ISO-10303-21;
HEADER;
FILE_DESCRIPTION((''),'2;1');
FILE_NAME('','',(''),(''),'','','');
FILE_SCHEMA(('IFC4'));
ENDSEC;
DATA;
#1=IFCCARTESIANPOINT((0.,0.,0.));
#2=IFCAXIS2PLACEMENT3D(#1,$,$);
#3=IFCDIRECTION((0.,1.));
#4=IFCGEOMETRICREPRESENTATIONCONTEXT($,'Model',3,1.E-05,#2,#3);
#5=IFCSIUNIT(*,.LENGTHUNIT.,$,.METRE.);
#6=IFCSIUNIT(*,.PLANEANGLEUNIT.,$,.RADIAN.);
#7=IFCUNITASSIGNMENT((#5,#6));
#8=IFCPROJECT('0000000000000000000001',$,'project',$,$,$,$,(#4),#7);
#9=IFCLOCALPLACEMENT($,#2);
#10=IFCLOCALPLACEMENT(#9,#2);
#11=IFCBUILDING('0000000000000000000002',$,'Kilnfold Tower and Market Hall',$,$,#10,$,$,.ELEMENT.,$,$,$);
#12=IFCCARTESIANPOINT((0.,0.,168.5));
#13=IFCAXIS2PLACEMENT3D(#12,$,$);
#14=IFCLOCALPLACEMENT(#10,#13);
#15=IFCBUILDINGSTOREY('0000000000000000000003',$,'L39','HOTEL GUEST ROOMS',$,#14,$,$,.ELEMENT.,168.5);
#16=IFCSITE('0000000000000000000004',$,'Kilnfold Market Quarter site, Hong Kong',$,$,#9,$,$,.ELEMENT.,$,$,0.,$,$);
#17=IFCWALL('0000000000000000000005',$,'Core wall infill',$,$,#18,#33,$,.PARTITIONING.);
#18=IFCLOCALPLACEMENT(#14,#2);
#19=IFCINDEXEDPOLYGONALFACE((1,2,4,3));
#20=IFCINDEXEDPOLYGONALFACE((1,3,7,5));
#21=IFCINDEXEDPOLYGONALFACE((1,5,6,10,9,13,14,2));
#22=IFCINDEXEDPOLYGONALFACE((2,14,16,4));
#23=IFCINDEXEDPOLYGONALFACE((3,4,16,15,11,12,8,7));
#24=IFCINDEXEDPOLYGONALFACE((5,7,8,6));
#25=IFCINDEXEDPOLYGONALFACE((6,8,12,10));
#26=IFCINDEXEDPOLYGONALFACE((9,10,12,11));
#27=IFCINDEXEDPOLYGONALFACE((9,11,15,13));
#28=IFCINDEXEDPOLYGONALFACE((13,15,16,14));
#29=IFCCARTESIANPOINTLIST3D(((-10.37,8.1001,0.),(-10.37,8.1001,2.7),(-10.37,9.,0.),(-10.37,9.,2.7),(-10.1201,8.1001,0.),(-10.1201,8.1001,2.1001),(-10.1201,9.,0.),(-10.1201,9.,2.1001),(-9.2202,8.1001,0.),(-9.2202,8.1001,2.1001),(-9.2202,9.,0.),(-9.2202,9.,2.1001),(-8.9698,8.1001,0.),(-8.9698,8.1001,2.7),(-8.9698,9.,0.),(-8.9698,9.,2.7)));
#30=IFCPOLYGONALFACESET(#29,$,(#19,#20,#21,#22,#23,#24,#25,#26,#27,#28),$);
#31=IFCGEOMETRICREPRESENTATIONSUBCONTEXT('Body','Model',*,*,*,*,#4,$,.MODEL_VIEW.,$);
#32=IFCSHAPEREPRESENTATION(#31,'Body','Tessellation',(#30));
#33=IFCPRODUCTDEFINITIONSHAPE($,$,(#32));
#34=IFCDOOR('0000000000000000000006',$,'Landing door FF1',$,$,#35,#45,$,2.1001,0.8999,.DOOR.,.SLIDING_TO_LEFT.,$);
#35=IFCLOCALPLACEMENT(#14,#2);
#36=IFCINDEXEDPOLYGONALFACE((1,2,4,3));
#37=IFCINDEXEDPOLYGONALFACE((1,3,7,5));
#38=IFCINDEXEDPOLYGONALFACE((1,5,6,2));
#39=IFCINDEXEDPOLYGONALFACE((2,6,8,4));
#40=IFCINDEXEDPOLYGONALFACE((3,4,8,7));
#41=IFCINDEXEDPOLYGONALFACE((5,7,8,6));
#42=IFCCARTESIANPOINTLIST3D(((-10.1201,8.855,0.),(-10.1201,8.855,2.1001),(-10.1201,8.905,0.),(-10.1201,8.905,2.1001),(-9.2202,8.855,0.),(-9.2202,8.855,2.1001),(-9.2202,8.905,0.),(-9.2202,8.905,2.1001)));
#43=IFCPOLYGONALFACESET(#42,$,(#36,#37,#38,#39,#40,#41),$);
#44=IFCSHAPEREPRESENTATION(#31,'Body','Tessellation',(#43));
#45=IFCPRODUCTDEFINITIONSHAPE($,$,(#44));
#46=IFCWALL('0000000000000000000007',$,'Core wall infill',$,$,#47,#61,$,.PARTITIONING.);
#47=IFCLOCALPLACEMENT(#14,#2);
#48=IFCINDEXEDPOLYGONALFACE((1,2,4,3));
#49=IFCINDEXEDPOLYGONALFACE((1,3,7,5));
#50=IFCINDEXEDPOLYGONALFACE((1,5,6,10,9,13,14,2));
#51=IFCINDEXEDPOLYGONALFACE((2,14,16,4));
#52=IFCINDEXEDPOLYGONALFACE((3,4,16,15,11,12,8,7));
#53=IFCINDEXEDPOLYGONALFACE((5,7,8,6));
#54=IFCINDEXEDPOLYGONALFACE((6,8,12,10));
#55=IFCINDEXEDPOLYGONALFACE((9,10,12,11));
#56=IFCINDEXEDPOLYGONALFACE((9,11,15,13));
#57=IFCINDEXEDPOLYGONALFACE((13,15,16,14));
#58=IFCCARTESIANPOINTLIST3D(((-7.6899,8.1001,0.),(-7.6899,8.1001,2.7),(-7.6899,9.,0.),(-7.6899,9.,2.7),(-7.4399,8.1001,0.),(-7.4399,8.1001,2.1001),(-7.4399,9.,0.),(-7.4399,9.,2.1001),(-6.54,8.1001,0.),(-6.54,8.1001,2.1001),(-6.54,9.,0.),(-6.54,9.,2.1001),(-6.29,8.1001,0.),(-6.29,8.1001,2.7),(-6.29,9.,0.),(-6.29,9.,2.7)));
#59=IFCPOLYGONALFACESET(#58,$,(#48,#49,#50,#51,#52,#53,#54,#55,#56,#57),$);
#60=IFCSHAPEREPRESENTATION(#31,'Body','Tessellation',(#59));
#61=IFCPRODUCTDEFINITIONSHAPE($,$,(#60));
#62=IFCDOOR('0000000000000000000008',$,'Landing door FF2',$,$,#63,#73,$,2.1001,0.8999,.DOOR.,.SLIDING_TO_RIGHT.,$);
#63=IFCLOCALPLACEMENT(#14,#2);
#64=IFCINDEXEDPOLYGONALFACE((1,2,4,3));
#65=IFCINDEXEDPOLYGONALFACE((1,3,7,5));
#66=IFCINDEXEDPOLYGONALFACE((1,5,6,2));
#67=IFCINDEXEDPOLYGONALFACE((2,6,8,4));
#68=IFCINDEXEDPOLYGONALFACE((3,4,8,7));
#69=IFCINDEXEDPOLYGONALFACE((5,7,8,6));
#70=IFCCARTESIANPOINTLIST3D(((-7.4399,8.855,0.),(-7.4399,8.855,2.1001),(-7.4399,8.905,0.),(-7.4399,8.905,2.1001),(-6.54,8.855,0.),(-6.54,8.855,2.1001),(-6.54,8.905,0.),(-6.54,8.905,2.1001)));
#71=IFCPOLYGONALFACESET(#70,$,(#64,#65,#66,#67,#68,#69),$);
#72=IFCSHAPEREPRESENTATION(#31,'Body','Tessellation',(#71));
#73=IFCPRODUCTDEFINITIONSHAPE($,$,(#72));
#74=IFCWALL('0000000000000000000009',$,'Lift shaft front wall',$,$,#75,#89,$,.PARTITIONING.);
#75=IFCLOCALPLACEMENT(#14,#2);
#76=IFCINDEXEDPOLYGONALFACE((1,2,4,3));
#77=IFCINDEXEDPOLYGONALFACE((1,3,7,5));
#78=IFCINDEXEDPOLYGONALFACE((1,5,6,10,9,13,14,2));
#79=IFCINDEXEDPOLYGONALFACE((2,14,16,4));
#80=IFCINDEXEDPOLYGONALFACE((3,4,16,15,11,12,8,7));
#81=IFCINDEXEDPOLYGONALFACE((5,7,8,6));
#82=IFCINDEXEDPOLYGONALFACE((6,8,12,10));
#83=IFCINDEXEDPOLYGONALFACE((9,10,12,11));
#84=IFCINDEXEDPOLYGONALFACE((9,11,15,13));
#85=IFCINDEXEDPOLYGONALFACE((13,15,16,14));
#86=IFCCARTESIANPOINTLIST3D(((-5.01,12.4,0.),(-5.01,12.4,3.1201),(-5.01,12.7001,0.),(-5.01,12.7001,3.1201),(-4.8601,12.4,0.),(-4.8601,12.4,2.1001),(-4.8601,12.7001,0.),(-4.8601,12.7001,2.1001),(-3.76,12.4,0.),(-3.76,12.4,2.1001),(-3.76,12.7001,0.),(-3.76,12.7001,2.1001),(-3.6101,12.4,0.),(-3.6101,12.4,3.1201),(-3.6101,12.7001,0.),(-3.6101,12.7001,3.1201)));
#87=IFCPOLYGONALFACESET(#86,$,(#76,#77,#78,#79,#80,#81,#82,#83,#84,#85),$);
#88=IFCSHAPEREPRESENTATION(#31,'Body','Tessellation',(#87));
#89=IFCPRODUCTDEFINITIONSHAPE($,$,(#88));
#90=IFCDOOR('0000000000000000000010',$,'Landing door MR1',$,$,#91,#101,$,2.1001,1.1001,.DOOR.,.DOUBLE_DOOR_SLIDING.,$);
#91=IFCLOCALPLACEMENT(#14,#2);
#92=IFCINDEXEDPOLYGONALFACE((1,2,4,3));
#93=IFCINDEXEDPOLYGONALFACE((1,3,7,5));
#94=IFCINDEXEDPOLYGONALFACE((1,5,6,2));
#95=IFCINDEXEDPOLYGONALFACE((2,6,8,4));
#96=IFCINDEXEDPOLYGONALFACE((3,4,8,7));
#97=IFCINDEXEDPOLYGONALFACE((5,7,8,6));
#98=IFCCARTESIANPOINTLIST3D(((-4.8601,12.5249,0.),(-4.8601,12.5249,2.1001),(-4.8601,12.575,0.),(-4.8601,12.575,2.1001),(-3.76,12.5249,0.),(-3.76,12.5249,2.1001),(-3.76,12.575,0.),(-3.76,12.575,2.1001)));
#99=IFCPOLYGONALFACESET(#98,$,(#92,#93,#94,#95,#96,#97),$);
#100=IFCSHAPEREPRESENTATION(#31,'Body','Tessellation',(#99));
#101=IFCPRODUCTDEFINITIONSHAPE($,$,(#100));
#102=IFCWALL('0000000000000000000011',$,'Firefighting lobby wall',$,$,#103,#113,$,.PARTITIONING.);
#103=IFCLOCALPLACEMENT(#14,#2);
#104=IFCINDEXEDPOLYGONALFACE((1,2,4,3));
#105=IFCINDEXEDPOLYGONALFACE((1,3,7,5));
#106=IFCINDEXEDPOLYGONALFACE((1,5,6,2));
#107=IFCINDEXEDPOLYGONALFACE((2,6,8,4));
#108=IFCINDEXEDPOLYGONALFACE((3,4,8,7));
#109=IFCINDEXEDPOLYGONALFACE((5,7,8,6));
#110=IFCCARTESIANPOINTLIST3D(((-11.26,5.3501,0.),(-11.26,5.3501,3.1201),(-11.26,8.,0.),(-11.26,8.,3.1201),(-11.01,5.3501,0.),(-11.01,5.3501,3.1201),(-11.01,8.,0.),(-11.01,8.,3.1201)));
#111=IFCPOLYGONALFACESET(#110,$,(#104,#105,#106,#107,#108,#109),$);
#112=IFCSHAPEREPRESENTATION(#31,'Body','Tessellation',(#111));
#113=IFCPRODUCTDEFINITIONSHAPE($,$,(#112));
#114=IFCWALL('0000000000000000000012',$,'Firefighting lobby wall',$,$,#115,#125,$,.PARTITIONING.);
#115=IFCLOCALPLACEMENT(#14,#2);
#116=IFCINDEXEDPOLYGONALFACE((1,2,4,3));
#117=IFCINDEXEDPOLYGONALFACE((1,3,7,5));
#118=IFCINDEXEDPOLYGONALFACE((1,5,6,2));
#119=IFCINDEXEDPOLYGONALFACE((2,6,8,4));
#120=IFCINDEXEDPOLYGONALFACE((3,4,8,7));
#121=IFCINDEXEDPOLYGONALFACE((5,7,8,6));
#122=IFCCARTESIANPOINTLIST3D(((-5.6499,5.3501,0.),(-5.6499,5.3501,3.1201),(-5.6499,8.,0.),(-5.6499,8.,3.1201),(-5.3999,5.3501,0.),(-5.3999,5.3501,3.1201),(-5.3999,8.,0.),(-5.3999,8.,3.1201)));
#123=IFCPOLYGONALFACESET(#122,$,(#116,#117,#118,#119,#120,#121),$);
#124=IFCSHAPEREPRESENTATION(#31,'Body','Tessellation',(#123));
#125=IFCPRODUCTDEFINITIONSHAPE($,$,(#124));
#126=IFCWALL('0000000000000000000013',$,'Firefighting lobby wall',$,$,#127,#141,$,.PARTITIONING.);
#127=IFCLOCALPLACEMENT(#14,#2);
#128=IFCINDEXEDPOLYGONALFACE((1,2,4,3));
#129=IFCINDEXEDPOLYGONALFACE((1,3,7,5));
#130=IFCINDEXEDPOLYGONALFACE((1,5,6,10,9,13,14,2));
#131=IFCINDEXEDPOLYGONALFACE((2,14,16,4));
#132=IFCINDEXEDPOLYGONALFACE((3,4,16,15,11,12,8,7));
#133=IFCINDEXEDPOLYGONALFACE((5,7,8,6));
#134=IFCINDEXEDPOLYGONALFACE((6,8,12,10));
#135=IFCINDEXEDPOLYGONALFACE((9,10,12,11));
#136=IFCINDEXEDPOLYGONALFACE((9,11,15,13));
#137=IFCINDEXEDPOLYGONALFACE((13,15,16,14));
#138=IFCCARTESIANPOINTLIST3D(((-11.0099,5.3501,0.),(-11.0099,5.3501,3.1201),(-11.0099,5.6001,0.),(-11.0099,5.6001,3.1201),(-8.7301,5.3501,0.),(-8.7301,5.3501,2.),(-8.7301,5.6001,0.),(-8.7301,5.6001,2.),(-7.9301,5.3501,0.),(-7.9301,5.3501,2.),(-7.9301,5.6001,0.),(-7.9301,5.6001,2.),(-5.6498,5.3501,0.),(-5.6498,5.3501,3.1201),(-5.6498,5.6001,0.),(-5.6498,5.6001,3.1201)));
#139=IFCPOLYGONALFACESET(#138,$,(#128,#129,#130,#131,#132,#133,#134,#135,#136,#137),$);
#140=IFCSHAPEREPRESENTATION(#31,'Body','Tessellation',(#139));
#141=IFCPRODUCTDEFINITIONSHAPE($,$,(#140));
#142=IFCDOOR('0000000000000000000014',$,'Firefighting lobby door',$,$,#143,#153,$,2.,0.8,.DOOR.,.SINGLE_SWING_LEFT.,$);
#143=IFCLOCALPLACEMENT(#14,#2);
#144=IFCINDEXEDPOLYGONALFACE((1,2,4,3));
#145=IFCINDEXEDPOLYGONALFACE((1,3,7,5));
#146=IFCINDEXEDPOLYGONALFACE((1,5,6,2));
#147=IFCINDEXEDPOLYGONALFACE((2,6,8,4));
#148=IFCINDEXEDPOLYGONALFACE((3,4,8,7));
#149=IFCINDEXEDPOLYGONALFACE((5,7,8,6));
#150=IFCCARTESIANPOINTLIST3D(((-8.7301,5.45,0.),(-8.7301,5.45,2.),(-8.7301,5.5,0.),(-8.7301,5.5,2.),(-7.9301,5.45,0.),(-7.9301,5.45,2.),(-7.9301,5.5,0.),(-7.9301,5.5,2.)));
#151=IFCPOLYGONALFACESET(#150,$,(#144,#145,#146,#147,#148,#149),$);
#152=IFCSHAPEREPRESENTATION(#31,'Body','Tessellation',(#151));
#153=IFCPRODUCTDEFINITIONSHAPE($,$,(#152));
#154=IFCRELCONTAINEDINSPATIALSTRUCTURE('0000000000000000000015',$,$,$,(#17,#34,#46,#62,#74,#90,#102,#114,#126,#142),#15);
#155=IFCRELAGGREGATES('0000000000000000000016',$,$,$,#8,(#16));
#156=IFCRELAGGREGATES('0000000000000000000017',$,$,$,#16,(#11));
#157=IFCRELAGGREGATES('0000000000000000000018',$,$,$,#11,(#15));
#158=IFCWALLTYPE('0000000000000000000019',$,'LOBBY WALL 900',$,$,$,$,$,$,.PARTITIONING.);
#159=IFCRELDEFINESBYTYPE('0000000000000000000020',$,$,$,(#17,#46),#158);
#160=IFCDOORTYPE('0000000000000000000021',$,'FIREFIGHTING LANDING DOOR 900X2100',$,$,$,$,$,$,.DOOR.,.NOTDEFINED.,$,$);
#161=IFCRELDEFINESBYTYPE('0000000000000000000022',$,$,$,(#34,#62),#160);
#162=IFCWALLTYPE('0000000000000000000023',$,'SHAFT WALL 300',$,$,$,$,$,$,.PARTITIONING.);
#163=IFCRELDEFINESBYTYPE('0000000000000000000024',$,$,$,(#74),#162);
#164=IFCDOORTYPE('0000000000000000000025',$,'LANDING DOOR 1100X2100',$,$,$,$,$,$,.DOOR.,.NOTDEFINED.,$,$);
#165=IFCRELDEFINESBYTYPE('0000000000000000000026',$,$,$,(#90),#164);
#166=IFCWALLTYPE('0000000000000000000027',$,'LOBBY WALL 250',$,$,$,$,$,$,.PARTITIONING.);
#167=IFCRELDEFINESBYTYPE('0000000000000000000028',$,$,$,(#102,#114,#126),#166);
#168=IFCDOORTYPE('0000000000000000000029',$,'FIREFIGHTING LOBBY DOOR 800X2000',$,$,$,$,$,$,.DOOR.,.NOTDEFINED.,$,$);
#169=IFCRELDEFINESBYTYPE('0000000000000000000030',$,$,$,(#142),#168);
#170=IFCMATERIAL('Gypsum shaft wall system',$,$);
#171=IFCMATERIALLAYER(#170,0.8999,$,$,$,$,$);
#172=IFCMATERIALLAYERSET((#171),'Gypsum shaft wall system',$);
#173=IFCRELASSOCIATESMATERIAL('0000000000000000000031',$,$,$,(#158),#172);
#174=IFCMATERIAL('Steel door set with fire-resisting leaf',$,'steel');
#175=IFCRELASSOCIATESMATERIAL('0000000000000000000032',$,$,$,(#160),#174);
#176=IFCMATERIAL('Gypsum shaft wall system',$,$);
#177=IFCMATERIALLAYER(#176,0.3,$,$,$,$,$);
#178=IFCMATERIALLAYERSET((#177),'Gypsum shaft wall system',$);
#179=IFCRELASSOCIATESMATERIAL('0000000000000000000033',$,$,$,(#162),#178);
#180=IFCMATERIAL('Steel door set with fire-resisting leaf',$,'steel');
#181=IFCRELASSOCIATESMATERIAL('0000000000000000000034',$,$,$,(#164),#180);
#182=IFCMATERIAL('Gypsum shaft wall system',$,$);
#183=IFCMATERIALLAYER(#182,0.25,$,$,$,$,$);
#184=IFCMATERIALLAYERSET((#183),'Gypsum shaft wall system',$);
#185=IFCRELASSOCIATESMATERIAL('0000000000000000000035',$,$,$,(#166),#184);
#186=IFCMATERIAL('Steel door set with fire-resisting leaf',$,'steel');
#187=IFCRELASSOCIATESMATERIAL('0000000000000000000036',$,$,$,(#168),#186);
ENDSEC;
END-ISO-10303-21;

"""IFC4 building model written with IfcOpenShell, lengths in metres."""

from ifc_helpers import new_model, si_unit, direction, frame, frame_2d, origin, place, context, subcontext, project, spatial, rectangle, extrude, source, transform, mapped, material, layer, layer_set, type_object, element, fill, save


model = new_model("IFC4")

# Units and contexts
model_context = context("Model", 3, precision=1e-05, world=origin(), true_north=direction((0.0, 1.0)))
body_context = subcontext(model_context, "Body", "Model", "MODEL_VIEW")
ifc_project = project(units=[si_unit("LENGTHUNIT", "METRE"), si_unit("PLANEANGLEUNIT", "RADIAN")], contexts=[model_context])

# Site, building, storey
site_placement = place(None, origin())
site = spatial("IfcSite", under=ifc_project, at=site_placement, Name="Kilnfold Market Quarter site, Hong Kong", CompositionType="ELEMENT", RefElevation=0.0)
building_placement = place(site_placement, origin())
building = spatial("IfcBuilding", under=site, at=building_placement, Name="Kilnfold Tower and Market Hall", CompositionType="ELEMENT")
storey_placement = place(building_placement, frame((0.0, 0.0, 168.5)))
storey = spatial("IfcBuildingStorey", under=building, at=storey_placement, Name="L39", Description="HOTEL GUEST ROOMS", CompositionType="ELEMENT", Elevation=168.5)

# Walls, openings, doors
ifc_material_1 = material(Name="Gypsum shaft wall system")
ifc_layer_1 = layer(ifc_material_1, 0.8999)
ifc_layer_set_1 = layer_set([ifc_layer_1], Name="Gypsum shaft wall system")
wall_type_1 = type_object("IfcWallType", Name="LOBBY WALL 900", PredefinedType="PARTITIONING", material=ifc_layer_set_1)
shared_shape_1 = source(origin(), body_context, "Body", "SweptSolid", [
    extrude(rectangle(XDim=1.4001, YDim=0.8999, at=frame_2d((0.7002, 0.0))), origin(), (0.0, 0.0, 1.0), 2.7),
])
wall_1_placement = place(storey_placement, frame((-10.3701, 8.55, 0.0), z_axis=(0.0, 0.0, 1.0), x_axis=(1.0, 0.0, 0.0)))
wall_1 = element("IfcWall", 1, at=wall_1_placement, inside=storey, type_object=wall_type_1, Name="Core wall infill", PredefinedType="PARTITIONING", context=body_context, shape_type="MappedRepresentation", body=[
    mapped(shared_shape_1, transform((0.0, 0.0, 0.0))),
])
opening_1_placement = place(wall_1_placement, frame((0.25, 0.0, 0.0)))
opening_1 = element("IfcOpeningElement", 2, at=opening_1_placement, cuts=wall_1, PredefinedType="OPENING", context=body_context, shape_type="SweptSolid", body=[
    extrude(rectangle(XDim=0.8999, YDim=2.1001, at=frame_2d((0.45, 1.05))), frame((0.0, 0.46, 0.0), z_axis=(0.0, -1.0, 0.0), x_axis=(1.0, 0.0, 0.0)), (0.0, 0.0, 1.0), 0.9199),
])
ifc_material_2 = material(Name="Steel door set with fire-resisting leaf", Category="steel")
door_type_1 = type_object("IfcDoorType", Name="FIREFIGHTING LANDING DOOR 900X2100", OperationType="NOTDEFINED", PredefinedType="DOOR", material=ifc_material_2)
door_1_placement = place(opening_1_placement, origin())
door_1 = element("IfcDoor", 3, at=door_1_placement, inside=storey, type_object=door_type_1, Name="Landing door FF1", OperationType="SLIDING_TO_LEFT", OverallHeight=2.1001, OverallWidth=0.8999, PredefinedType="DOOR", context=body_context, shape_type="SweptSolid", body=[
    extrude(rectangle(XDim=0.8999, YDim=2.1001, at=frame_2d((0.45, 1.05))), frame((0.0, 0.355, 0.0), z_axis=(0.0, -1.0, 0.0), x_axis=(1.0, 0.0, 0.0)), (0.0, 0.0, 1.0), 0.05),
])
fill(opening_1, door_1)
shared_shape_2 = source(origin(), body_context, "Body", "SweptSolid", [
    extrude(rectangle(XDim=1.3999, YDim=0.8999, at=frame_2d((0.7, 0.0))), origin(), (0.0, 0.0, 1.0), 2.7),
])
wall_2_placement = place(storey_placement, frame((-7.6899, 8.55, 0.0), z_axis=(0.0, 0.0, 1.0), x_axis=(1.0, 0.0, 0.0)))
wall_2 = element("IfcWall", 4, at=wall_2_placement, inside=storey, type_object=wall_type_1, Name="Core wall infill", PredefinedType="PARTITIONING", context=body_context, shape_type="MappedRepresentation", body=[
    mapped(shared_shape_2, transform((0.0, 0.0, 0.0))),
])
opening_2_placement = place(wall_2_placement, frame((0.25, 0.0, 0.0)))
opening_2 = element("IfcOpeningElement", 5, at=opening_2_placement, cuts=wall_2, PredefinedType="OPENING", context=body_context, shape_type="SweptSolid", body=[
    extrude(rectangle(XDim=0.8999, YDim=2.1001, at=frame_2d((0.45, 1.05))), frame((0.0, 0.46, 0.0), z_axis=(0.0, -1.0, 0.0), x_axis=(1.0, 0.0, 0.0)), (0.0, 0.0, 1.0), 0.9199),
])
door_2_placement = place(opening_2_placement, origin())
door_2 = element("IfcDoor", 6, at=door_2_placement, inside=storey, type_object=door_type_1, Name="Landing door FF2", OperationType="SLIDING_TO_RIGHT", OverallHeight=2.1001, OverallWidth=0.8999, PredefinedType="DOOR", context=body_context, shape_type="SweptSolid", body=[
    extrude(rectangle(XDim=0.8999, YDim=2.1001, at=frame_2d((0.45, 1.05))), frame((0.0, 0.355, 0.0), z_axis=(0.0, -1.0, 0.0), x_axis=(1.0, 0.0, 0.0)), (0.0, 0.0, 1.0), 0.05),
])
fill(opening_2, door_2)
ifc_material_3 = material(Name="Gypsum shaft wall system")
ifc_layer_2 = layer(ifc_material_3, 0.3)
ifc_layer_set_2 = layer_set([ifc_layer_2], Name="Gypsum shaft wall system")
wall_type_2 = type_object("IfcWallType", Name="SHAFT WALL 300", PredefinedType="PARTITIONING", material=ifc_layer_set_2)
shared_shape_3 = source(origin(), body_context, "Body", "SweptSolid", [
    extrude(rectangle(XDim=1.3999, YDim=0.3, at=frame_2d((0.7, 0.0))), origin(), (0.0, 0.0, 1.0), 3.1201),
])
wall_3_placement = place(storey_placement, frame((-5.01, 12.55, 0.0), z_axis=(0.0, 0.0, 1.0), x_axis=(1.0, 0.0, 0.0)))
wall_3 = element("IfcWall", 7, at=wall_3_placement, inside=storey, type_object=wall_type_2, Name="Lift shaft front wall", PredefinedType="PARTITIONING", context=body_context, shape_type="MappedRepresentation", body=[
    mapped(shared_shape_3, transform((0.0, 0.0, 0.0))),
])
opening_3_placement = place(wall_3_placement, frame((0.1499, 0.0, 0.0)))
opening_3 = element("IfcOpeningElement", 8, at=opening_3_placement, cuts=wall_3, PredefinedType="OPENING", context=body_context, shape_type="SweptSolid", body=[
    extrude(rectangle(XDim=1.1001, YDim=2.1001, at=frame_2d((0.55, 1.05))), frame((0.0, 0.1602, 0.0), z_axis=(0.0, -1.0, 0.0), x_axis=(1.0, 0.0, 0.0)), (0.0, 0.0, 1.0), 0.3201),
])
ifc_material_4 = material(Name="Steel door set with fire-resisting leaf", Category="steel")
door_type_2 = type_object("IfcDoorType", Name="LANDING DOOR 1100X2100", OperationType="NOTDEFINED", PredefinedType="DOOR", material=ifc_material_4)
door_3_placement = place(opening_3_placement, origin())
door_3 = element("IfcDoor", 9, at=door_3_placement, inside=storey, type_object=door_type_2, Name="Landing door MR1", OperationType="DOUBLE_DOOR_SLIDING", OverallHeight=2.1001, OverallWidth=1.1001, PredefinedType="DOOR", context=body_context, shape_type="SweptSolid", body=[
    extrude(rectangle(XDim=1.1001, YDim=2.1001, at=frame_2d((0.55, 1.05))), frame((0.0, 0.0249, 0.0), z_axis=(0.0, -1.0, 0.0), x_axis=(1.0, 0.0, 0.0)), (0.0, 0.0, 1.0), 0.05),
])
fill(opening_3, door_3)

# Walls
ifc_material_5 = material(Name="Gypsum shaft wall system")
ifc_layer_3 = layer(ifc_material_5, 0.25)
ifc_layer_set_3 = layer_set([ifc_layer_3], Name="Gypsum shaft wall system")
wall_type_3 = type_object("IfcWallType", Name="LOBBY WALL 250", PredefinedType="PARTITIONING", material=ifc_layer_set_3)
shared_shape_4 = source(origin(), body_context, "Body", "SweptSolid", [
    extrude(rectangle(XDim=2.6499, YDim=0.25, at=frame_2d((1.325, 0.0))), origin(), (0.0, 0.0, 1.0), 3.1201),
])
for number, where, z_axis, x_axis, name in (
    (10, (-11.135, 5.3501, 0.0), (0.0, 0.0, 1.0), (0.0, 1.0, 0.0), "Firefighting lobby wall"),
    (11, (-5.5249, 5.3501, 0.0), (0.0, 0.0, 1.0), (0.0, 1.0, 0.0), "Firefighting lobby wall"),
):
    element("IfcWall", number, at=place(storey_placement, frame(where, z_axis=z_axis, x_axis=x_axis)), inside=storey, type_object=wall_type_3, Name=name, PredefinedType="PARTITIONING", context=body_context, shape_type="MappedRepresentation", body=[
        mapped(shared_shape_4, transform((0.0, 0.0, 0.0))),
    ])

# Wall, opening, door
shared_shape_5 = source(origin(), body_context, "Body", "SweptSolid", [
    extrude(rectangle(XDim=5.3601, YDim=0.25, at=frame_2d((2.6802, 0.0))), origin(), (0.0, 0.0, 1.0), 3.1201),
])
wall_4_placement = place(storey_placement, frame((-11.01, 5.4751, 0.0), z_axis=(0.0, 0.0, 1.0), x_axis=(1.0, 0.0, 0.0)))
wall_4 = element("IfcWall", 12, at=wall_4_placement, inside=storey, type_object=wall_type_3, Name="Firefighting lobby wall", PredefinedType="PARTITIONING", context=body_context, shape_type="MappedRepresentation", body=[
    mapped(shared_shape_5, transform((0.0, 0.0, 0.0))),
])
opening_4_placement = place(wall_4_placement, frame((2.28, 0.0, 0.0)))
opening_4 = element("IfcOpeningElement", 13, at=opening_4_placement, cuts=wall_4, PredefinedType="OPENING", context=body_context, shape_type="SweptSolid", body=[
    extrude(rectangle(XDim=0.8, YDim=2.0, at=frame_2d((0.3999, 1.0))), frame((0.0, 0.135, 0.0), z_axis=(0.0, -1.0, 0.0), x_axis=(1.0, 0.0, 0.0)), (0.0, 0.0, 1.0), 0.27),
])
ifc_material_6 = material(Name="Steel door set with fire-resisting leaf", Category="steel")
door_type_3 = type_object("IfcDoorType", Name="FIREFIGHTING LOBBY DOOR 800X2000", OperationType="NOTDEFINED", PredefinedType="DOOR", material=ifc_material_6)
door_4_placement = place(opening_4_placement, origin())
door_4 = element("IfcDoor", 14, at=door_4_placement, inside=storey, type_object=door_type_3, Name="Firefighting lobby door", OperationType="SINGLE_SWING_LEFT", OverallHeight=2.0, OverallWidth=0.8, PredefinedType="DOOR", context=body_context, shape_type="SweptSolid", body=[
    extrude(rectangle(XDim=0.8, YDim=2.0, at=frame_2d((0.3999, 1.0))), frame((0.0, 0.0249, 0.0), z_axis=(0.0, -1.0, 0.0), x_axis=(1.0, 0.0, 0.0)), (0.0, 0.0, 1.0), 0.05),
])
fill(opening_4, door_4)

save(model, "model.ifc")
